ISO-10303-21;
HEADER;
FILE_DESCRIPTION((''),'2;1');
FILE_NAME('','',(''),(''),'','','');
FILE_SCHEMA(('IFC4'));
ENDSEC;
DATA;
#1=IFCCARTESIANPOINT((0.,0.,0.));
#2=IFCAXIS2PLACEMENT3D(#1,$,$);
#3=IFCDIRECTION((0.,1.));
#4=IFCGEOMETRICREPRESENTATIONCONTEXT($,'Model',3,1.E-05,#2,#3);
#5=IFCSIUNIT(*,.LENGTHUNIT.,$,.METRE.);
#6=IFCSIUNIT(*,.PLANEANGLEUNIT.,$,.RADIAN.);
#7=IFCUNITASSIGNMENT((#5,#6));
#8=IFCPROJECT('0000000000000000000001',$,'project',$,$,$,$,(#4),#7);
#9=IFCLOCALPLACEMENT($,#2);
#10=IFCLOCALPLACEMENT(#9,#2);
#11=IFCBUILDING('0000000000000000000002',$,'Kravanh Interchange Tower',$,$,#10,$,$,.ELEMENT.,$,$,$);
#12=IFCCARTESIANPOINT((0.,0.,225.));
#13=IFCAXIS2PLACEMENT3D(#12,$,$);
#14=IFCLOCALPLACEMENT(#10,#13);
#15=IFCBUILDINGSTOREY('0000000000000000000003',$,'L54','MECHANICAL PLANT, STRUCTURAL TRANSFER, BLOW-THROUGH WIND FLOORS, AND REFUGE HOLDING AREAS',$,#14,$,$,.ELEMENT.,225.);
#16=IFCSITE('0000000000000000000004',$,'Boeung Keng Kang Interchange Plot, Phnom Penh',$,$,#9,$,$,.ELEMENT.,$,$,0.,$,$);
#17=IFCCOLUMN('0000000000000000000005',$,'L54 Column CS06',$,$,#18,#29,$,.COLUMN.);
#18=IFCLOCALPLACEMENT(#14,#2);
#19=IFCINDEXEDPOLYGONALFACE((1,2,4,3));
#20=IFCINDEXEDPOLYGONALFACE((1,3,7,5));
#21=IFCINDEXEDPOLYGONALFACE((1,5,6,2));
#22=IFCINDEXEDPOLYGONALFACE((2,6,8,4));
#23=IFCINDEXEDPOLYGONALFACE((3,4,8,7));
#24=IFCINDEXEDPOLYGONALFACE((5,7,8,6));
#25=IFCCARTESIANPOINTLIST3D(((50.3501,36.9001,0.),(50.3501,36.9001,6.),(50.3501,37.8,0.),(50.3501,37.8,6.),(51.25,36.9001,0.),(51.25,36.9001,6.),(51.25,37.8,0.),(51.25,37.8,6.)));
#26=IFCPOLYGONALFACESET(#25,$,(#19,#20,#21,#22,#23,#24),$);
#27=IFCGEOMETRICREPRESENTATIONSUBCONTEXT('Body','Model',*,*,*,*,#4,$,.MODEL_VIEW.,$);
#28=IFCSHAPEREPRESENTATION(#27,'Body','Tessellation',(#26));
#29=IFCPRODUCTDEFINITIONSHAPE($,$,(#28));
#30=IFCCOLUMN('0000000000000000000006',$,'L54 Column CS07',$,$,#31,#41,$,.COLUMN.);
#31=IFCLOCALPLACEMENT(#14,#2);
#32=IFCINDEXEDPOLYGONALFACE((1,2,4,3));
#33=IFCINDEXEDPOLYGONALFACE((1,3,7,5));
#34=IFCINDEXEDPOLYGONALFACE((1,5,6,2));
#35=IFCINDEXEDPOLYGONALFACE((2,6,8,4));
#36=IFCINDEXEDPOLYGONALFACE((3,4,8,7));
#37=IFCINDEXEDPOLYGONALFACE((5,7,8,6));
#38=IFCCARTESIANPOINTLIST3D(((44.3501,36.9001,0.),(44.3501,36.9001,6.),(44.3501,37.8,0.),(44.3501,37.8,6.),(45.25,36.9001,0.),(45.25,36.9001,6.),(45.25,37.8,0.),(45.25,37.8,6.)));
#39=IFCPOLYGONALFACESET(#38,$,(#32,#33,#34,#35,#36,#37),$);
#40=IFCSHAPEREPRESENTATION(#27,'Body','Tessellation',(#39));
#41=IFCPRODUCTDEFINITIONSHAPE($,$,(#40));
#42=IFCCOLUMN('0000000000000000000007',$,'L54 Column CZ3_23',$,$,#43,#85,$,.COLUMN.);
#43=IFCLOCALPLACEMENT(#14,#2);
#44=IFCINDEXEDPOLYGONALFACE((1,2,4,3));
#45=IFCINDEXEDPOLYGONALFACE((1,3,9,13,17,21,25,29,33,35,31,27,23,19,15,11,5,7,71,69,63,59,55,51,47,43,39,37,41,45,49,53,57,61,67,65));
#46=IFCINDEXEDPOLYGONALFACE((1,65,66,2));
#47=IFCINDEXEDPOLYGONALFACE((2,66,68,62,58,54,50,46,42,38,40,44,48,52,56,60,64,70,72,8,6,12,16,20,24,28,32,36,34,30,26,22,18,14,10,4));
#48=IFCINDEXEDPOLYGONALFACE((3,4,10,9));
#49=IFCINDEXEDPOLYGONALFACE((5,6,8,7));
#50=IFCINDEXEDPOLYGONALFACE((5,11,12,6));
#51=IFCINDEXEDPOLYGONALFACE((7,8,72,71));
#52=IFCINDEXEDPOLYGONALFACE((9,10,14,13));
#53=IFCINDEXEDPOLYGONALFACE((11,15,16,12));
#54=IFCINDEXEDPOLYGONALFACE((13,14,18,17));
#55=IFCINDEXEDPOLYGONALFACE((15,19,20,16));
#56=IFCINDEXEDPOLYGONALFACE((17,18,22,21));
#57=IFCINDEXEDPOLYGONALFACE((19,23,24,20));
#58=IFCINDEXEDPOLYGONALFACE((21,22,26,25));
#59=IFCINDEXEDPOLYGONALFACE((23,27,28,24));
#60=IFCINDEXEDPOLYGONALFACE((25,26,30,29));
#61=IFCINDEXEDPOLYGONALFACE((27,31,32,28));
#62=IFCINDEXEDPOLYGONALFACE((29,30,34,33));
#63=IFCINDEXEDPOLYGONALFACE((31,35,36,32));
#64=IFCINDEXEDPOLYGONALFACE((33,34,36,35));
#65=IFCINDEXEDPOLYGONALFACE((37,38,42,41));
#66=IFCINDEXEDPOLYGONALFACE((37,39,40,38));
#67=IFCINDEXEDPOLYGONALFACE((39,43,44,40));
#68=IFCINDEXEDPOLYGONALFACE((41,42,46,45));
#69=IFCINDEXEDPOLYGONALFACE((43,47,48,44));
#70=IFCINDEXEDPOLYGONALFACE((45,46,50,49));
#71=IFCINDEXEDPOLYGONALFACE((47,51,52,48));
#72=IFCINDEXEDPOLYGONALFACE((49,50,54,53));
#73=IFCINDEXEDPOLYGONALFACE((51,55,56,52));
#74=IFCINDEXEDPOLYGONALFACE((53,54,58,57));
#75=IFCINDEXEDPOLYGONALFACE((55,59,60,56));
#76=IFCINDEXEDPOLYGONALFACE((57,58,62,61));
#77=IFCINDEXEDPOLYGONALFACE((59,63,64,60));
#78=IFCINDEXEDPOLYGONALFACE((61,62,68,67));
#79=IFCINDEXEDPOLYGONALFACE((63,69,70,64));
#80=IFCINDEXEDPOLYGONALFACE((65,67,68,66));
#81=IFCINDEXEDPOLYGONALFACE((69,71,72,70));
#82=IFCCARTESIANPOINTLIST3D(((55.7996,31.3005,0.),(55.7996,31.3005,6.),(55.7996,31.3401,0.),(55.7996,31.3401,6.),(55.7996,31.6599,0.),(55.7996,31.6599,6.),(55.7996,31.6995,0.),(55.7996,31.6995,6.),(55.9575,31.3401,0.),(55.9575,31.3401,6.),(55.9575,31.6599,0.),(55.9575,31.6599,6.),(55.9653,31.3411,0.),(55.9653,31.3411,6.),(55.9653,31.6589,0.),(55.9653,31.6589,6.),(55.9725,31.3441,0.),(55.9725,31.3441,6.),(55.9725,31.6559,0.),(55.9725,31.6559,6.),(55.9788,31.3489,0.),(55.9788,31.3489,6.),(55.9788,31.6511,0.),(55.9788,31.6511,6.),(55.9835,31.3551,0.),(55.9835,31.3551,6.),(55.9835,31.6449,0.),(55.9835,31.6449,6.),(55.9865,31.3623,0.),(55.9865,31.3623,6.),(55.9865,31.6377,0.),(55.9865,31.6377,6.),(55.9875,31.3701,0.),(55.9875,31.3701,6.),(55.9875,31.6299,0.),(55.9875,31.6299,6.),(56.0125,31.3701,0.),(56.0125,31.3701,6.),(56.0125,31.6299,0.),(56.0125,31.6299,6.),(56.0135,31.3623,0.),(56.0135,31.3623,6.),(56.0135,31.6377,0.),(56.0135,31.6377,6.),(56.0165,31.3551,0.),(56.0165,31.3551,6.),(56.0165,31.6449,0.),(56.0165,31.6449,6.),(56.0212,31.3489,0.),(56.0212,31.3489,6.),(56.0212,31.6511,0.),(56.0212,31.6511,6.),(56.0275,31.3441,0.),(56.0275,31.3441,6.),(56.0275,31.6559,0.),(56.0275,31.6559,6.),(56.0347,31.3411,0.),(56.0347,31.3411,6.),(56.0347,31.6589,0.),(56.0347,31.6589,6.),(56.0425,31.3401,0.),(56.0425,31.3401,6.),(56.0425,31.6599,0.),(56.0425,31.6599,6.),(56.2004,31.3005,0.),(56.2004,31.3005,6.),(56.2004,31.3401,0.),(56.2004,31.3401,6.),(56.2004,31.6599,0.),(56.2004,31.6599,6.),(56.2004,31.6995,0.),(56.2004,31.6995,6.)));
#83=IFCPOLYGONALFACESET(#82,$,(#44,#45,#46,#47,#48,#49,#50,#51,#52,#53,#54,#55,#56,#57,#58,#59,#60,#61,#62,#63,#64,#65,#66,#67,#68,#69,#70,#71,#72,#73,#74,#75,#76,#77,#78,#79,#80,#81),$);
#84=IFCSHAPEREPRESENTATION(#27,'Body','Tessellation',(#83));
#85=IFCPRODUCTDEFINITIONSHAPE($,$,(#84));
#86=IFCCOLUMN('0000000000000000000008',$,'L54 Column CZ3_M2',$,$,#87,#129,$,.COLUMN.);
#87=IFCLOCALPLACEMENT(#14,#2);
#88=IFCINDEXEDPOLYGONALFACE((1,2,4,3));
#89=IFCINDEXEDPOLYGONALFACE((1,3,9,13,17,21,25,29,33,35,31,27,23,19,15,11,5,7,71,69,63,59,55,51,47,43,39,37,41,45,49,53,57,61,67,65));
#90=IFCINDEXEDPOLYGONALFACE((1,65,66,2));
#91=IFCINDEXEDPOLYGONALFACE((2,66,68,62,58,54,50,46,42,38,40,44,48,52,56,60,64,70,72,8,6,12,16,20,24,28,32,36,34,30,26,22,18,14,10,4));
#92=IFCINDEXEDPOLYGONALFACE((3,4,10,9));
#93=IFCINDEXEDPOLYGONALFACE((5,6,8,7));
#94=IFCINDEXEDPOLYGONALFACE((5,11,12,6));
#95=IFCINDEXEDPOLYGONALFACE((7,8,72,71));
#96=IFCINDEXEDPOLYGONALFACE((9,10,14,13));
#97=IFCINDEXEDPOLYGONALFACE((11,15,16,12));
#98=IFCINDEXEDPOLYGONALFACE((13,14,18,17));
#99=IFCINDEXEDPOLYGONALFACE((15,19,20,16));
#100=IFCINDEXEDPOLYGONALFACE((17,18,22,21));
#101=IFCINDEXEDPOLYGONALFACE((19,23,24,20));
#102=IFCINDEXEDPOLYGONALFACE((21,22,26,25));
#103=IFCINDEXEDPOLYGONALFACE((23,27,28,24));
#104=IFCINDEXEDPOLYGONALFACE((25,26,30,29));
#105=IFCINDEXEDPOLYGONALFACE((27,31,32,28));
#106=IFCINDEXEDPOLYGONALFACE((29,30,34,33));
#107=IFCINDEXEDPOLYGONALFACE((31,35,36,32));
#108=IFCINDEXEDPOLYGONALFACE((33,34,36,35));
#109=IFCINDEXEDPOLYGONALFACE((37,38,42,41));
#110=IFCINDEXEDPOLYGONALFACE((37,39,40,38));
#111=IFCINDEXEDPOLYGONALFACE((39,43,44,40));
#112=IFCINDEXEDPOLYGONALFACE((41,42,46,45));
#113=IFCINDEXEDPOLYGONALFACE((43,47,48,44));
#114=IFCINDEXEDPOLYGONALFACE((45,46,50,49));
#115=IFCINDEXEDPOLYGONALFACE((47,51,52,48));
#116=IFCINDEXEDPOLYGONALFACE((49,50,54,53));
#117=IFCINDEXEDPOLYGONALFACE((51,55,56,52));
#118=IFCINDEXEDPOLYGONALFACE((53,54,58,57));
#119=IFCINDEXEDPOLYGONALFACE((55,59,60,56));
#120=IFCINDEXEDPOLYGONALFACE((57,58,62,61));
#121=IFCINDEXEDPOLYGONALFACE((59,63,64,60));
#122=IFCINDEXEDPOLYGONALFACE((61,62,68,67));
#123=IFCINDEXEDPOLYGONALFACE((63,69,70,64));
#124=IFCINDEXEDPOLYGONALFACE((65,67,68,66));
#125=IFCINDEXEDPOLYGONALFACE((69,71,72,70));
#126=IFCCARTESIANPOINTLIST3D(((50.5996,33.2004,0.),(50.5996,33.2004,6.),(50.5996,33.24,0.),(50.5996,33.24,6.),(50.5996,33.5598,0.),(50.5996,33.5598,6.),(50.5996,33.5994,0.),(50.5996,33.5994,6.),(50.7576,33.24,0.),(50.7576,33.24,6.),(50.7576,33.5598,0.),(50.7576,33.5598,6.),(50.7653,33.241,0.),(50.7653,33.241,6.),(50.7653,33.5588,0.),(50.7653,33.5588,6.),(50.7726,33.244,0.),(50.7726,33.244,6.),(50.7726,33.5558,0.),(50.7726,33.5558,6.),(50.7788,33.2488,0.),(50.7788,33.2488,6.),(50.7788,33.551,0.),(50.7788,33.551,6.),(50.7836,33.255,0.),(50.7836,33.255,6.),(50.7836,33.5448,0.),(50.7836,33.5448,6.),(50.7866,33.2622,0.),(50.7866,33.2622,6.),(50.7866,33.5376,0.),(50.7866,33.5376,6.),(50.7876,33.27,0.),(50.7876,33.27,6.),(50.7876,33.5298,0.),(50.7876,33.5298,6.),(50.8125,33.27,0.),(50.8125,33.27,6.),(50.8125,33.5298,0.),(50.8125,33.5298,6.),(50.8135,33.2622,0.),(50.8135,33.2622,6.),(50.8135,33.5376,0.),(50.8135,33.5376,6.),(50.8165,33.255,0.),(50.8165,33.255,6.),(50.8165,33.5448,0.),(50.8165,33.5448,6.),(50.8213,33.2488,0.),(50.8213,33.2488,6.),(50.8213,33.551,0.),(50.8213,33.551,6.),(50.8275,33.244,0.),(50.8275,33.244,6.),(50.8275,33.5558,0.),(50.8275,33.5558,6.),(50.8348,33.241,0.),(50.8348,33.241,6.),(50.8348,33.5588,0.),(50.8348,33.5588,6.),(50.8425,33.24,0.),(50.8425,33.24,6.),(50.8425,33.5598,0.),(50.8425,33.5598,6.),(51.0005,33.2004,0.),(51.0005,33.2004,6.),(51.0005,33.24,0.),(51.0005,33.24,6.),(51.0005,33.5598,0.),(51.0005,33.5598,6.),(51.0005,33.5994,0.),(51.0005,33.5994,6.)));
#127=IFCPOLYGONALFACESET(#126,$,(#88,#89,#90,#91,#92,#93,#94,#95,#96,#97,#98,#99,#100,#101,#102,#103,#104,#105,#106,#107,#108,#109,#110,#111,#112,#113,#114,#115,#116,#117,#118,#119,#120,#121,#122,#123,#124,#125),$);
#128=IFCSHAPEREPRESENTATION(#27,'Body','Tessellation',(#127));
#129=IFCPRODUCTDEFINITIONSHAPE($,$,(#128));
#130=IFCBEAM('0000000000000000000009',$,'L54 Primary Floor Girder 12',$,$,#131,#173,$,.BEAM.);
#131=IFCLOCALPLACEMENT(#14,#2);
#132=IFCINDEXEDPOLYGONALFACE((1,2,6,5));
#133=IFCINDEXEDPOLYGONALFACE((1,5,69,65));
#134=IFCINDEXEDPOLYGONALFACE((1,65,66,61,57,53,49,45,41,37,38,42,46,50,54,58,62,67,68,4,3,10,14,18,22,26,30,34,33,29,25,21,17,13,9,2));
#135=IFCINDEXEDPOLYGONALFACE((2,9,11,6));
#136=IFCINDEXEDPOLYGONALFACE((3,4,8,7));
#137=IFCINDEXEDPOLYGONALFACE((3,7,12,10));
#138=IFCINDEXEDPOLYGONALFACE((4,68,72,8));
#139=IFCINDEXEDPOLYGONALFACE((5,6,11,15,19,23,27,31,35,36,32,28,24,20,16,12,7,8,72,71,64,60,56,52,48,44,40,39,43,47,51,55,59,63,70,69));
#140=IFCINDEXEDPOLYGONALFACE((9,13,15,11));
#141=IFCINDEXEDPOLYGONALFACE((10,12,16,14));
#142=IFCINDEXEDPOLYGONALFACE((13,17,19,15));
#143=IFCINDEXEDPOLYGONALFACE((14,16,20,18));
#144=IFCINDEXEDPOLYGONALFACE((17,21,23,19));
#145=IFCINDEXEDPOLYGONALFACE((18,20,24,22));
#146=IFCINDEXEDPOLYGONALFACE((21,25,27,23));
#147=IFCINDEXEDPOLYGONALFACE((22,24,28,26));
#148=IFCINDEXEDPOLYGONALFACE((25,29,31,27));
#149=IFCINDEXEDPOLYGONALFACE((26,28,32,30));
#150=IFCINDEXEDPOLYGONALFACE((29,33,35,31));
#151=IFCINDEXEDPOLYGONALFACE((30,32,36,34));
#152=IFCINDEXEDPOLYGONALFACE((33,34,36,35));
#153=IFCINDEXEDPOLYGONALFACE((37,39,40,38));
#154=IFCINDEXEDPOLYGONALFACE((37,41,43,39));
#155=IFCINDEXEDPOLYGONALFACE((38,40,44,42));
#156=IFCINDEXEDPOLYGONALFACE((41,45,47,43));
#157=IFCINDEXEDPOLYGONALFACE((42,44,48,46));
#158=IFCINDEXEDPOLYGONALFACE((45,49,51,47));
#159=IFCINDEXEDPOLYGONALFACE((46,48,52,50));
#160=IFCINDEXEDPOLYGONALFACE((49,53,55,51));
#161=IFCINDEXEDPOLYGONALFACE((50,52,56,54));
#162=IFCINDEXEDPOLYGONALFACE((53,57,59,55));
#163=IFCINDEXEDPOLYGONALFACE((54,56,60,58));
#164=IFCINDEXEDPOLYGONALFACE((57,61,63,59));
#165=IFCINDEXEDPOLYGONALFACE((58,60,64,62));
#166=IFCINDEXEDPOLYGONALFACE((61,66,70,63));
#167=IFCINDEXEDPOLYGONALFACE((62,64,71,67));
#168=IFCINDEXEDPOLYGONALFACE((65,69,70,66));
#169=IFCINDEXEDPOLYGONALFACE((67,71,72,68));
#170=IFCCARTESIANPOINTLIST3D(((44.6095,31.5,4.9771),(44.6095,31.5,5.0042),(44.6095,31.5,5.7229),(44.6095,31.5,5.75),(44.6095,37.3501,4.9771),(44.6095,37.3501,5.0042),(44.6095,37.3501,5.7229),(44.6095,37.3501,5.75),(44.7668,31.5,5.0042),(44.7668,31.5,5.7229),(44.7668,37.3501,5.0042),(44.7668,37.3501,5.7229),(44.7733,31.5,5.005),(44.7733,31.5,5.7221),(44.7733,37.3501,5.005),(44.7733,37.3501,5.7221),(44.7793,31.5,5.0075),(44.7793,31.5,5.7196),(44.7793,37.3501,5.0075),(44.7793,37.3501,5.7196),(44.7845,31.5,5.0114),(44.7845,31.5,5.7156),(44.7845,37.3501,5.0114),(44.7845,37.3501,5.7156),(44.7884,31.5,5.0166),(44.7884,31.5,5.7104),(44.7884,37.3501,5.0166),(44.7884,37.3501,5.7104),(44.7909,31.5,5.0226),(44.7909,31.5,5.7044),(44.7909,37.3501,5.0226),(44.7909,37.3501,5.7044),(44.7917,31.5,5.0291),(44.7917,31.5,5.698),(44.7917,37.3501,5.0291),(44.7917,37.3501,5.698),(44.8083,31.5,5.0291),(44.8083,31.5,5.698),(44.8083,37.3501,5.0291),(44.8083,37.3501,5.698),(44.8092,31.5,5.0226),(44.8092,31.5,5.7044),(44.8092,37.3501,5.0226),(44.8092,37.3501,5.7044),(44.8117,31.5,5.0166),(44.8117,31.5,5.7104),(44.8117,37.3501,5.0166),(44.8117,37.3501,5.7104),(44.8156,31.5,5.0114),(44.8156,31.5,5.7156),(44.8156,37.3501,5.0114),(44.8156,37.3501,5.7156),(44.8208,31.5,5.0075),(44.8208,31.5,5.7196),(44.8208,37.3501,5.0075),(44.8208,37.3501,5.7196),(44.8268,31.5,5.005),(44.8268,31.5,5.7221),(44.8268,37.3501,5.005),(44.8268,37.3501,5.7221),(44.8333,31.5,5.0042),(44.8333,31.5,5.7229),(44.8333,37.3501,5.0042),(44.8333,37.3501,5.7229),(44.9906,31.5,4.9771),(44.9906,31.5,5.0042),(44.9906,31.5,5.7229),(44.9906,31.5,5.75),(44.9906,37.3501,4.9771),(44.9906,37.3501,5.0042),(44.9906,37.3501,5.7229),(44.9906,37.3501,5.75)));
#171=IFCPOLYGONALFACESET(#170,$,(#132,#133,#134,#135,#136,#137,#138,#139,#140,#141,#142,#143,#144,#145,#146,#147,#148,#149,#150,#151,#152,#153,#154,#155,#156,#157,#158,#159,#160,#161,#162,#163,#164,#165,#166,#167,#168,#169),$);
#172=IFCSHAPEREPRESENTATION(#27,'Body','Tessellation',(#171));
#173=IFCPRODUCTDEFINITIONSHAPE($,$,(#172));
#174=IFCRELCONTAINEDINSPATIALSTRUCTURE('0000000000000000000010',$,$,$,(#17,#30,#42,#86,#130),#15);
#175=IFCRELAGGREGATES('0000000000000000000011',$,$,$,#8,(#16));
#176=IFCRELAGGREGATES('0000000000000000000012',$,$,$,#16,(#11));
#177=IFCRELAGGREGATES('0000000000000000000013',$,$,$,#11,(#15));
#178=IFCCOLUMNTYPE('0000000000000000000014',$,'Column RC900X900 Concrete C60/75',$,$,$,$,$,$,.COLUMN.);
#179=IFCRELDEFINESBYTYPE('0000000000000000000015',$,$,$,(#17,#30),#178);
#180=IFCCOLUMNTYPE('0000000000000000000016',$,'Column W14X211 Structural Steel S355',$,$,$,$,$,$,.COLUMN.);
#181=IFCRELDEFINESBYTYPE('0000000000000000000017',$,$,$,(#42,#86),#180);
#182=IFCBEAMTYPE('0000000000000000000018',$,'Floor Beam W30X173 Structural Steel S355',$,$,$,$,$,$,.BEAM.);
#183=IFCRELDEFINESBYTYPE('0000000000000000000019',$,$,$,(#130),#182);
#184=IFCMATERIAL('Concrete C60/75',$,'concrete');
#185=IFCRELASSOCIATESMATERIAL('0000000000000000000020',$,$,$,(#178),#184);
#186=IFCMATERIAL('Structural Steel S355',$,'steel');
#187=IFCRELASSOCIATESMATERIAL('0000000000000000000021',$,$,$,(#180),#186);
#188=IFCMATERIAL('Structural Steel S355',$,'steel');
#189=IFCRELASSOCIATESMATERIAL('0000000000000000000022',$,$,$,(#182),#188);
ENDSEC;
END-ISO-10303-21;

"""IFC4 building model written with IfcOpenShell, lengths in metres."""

from ifc_helpers import new_model, si_unit, direction, frame, origin, origin_2d, place, context, subcontext, project, spatial, rectangle, i_section, extrude, material, material_profile, profile_set, type_object, element, save


model = new_model("IFC4")

# Units and contexts
model_context = context("Model", 3, precision=1e-05, world=origin(), true_north=direction((0.0, 1.0)))
body_context = subcontext(model_context, "Body", "Model", "MODEL_VIEW")
ifc_project = project(units=[si_unit("LENGTHUNIT", "METRE"), si_unit("PLANEANGLEUNIT", "RADIAN")], contexts=[model_context])

# Site, building, storey
site_placement = place(None, origin())
site = spatial("IfcSite", under=ifc_project, at=site_placement, Name="Boeung Keng Kang Interchange Plot, Phnom Penh", CompositionType="ELEMENT", RefElevation=0.0)
building_placement = place(site_placement, origin())
building = spatial("IfcBuilding", under=site, at=building_placement, Name="Kravanh Interchange Tower", CompositionType="ELEMENT")
storey_placement = place(building_placement, frame((0.0, 0.0, 225.0)))
storey = spatial("IfcBuildingStorey", under=building, at=storey_placement, Name="L54", Description="MECHANICAL PLANT, STRUCTURAL TRANSFER, BLOW-THROUGH WIND FLOORS, AND REFUGE HOLDING AREAS", CompositionType="ELEMENT", Elevation=225.0)

# Columns
ifc_material_1 = material(Name="Concrete C60/75", Category="concrete")
ifc_material_profile_1 = material_profile(ifc_material_1, rectangle(XDim=0.8999, YDim=0.8999, at=origin_2d()), Name="RC900X900")
ifc_profile_set_1 = profile_set([ifc_material_profile_1], Name="Concrete C60/75")
column_type_1 = type_object("IfcColumnType", Name="Column RC900X900 Concrete C60/75", PredefinedType="COLUMN", material=ifc_profile_set_1)
for number, where, z_axis, x_axis, name in (
    (1, (50.8, 37.3501, 0.0), (0.0, 0.0, 1.0), (1.0, 0.0, 0.0), "L54 Column CS06"),
    (2, (44.8, 37.3501, 0.0), (0.0, 0.0, 1.0), (1.0, 0.0, 0.0), "L54 Column CS07"),
):
    element("IfcColumn", number, at=place(storey_placement, frame(where, z_axis=z_axis, x_axis=x_axis)), inside=storey, type_object=column_type_1, Name=name, PredefinedType="COLUMN", context=body_context, shape_type="SweptSolid", body=[
        extrude(rectangle(XDim=0.8999, YDim=0.8999, at=origin_2d()), origin(), (0.0, 0.0, 1.0), 6.0),
    ])
ifc_material_2 = material(Name="Structural Steel S355", Category="steel")
ifc_material_profile_2 = material_profile(ifc_material_2, i_section(OverallWidth=0.4009, OverallDepth=0.3989, WebThickness=0.0249, FlangeThickness=0.0396, FilletRadius=0.03, at=origin_2d()), Name="W14X211")
ifc_profile_set_2 = profile_set([ifc_material_profile_2], Name="Structural Steel S355")
column_type_2 = type_object("IfcColumnType", Name="Column W14X211 Structural Steel S355", PredefinedType="COLUMN", material=ifc_profile_set_2)
for number, where, z_axis, x_axis, name in (
    (3, (56.0, 31.5, 0.0), (0.0, 0.0, 1.0), (1.0, 0.0, 0.0), "L54 Column CZ3_23"),
    (4, (50.8, 33.3999, 0.0), (0.0, 0.0, 1.0), (1.0, 0.0, 0.0), "L54 Column CZ3_M2"),
):
    element("IfcColumn", number, at=place(storey_placement, frame(where, z_axis=z_axis, x_axis=x_axis)), inside=storey, type_object=column_type_2, Name=name, PredefinedType="COLUMN", context=body_context, shape_type="SweptSolid", body=[
        extrude(i_section(OverallWidth=0.4009, OverallDepth=0.3989, WebThickness=0.0249, FlangeThickness=0.0396, FilletRadius=0.03, at=origin_2d()), origin(), (0.0, 0.0, 1.0), 6.0),
    ])

# Beam
ifc_material_3 = material(Name="Structural Steel S355", Category="steel")
ifc_material_profile_3 = material_profile(ifc_material_3, i_section(OverallWidth=0.3811, OverallDepth=0.7729, WebThickness=0.0166, FlangeThickness=0.0271, FilletRadius=0.0249, at=origin_2d()), Name="W30X173")
ifc_profile_set_3 = profile_set([ifc_material_profile_3], Name="Structural Steel S355")
beam_type_1 = type_object("IfcBeamType", Name="Floor Beam W30X173 Structural Steel S355", PredefinedType="BEAM", material=ifc_profile_set_3)
beam_1_placement = place(storey_placement, frame((44.8, 37.3501, 5.3635), z_axis=(0.0, -1.0, 0.0), x_axis=(1.0, 0.0, 0.0)))
element("IfcBeam", 5, at=beam_1_placement, inside=storey, type_object=beam_type_1, Name="L54 Primary Floor Girder 12", PredefinedType="BEAM", context=body_context, shape_type="SweptSolid", body=[
    extrude(i_section(OverallWidth=0.3811, OverallDepth=0.7729, WebThickness=0.0166, FlangeThickness=0.0271, FilletRadius=0.0249, at=origin_2d()), origin(), (0.0, 0.0, 1.0), 5.8501),
])

save(model, "model.ifc")
